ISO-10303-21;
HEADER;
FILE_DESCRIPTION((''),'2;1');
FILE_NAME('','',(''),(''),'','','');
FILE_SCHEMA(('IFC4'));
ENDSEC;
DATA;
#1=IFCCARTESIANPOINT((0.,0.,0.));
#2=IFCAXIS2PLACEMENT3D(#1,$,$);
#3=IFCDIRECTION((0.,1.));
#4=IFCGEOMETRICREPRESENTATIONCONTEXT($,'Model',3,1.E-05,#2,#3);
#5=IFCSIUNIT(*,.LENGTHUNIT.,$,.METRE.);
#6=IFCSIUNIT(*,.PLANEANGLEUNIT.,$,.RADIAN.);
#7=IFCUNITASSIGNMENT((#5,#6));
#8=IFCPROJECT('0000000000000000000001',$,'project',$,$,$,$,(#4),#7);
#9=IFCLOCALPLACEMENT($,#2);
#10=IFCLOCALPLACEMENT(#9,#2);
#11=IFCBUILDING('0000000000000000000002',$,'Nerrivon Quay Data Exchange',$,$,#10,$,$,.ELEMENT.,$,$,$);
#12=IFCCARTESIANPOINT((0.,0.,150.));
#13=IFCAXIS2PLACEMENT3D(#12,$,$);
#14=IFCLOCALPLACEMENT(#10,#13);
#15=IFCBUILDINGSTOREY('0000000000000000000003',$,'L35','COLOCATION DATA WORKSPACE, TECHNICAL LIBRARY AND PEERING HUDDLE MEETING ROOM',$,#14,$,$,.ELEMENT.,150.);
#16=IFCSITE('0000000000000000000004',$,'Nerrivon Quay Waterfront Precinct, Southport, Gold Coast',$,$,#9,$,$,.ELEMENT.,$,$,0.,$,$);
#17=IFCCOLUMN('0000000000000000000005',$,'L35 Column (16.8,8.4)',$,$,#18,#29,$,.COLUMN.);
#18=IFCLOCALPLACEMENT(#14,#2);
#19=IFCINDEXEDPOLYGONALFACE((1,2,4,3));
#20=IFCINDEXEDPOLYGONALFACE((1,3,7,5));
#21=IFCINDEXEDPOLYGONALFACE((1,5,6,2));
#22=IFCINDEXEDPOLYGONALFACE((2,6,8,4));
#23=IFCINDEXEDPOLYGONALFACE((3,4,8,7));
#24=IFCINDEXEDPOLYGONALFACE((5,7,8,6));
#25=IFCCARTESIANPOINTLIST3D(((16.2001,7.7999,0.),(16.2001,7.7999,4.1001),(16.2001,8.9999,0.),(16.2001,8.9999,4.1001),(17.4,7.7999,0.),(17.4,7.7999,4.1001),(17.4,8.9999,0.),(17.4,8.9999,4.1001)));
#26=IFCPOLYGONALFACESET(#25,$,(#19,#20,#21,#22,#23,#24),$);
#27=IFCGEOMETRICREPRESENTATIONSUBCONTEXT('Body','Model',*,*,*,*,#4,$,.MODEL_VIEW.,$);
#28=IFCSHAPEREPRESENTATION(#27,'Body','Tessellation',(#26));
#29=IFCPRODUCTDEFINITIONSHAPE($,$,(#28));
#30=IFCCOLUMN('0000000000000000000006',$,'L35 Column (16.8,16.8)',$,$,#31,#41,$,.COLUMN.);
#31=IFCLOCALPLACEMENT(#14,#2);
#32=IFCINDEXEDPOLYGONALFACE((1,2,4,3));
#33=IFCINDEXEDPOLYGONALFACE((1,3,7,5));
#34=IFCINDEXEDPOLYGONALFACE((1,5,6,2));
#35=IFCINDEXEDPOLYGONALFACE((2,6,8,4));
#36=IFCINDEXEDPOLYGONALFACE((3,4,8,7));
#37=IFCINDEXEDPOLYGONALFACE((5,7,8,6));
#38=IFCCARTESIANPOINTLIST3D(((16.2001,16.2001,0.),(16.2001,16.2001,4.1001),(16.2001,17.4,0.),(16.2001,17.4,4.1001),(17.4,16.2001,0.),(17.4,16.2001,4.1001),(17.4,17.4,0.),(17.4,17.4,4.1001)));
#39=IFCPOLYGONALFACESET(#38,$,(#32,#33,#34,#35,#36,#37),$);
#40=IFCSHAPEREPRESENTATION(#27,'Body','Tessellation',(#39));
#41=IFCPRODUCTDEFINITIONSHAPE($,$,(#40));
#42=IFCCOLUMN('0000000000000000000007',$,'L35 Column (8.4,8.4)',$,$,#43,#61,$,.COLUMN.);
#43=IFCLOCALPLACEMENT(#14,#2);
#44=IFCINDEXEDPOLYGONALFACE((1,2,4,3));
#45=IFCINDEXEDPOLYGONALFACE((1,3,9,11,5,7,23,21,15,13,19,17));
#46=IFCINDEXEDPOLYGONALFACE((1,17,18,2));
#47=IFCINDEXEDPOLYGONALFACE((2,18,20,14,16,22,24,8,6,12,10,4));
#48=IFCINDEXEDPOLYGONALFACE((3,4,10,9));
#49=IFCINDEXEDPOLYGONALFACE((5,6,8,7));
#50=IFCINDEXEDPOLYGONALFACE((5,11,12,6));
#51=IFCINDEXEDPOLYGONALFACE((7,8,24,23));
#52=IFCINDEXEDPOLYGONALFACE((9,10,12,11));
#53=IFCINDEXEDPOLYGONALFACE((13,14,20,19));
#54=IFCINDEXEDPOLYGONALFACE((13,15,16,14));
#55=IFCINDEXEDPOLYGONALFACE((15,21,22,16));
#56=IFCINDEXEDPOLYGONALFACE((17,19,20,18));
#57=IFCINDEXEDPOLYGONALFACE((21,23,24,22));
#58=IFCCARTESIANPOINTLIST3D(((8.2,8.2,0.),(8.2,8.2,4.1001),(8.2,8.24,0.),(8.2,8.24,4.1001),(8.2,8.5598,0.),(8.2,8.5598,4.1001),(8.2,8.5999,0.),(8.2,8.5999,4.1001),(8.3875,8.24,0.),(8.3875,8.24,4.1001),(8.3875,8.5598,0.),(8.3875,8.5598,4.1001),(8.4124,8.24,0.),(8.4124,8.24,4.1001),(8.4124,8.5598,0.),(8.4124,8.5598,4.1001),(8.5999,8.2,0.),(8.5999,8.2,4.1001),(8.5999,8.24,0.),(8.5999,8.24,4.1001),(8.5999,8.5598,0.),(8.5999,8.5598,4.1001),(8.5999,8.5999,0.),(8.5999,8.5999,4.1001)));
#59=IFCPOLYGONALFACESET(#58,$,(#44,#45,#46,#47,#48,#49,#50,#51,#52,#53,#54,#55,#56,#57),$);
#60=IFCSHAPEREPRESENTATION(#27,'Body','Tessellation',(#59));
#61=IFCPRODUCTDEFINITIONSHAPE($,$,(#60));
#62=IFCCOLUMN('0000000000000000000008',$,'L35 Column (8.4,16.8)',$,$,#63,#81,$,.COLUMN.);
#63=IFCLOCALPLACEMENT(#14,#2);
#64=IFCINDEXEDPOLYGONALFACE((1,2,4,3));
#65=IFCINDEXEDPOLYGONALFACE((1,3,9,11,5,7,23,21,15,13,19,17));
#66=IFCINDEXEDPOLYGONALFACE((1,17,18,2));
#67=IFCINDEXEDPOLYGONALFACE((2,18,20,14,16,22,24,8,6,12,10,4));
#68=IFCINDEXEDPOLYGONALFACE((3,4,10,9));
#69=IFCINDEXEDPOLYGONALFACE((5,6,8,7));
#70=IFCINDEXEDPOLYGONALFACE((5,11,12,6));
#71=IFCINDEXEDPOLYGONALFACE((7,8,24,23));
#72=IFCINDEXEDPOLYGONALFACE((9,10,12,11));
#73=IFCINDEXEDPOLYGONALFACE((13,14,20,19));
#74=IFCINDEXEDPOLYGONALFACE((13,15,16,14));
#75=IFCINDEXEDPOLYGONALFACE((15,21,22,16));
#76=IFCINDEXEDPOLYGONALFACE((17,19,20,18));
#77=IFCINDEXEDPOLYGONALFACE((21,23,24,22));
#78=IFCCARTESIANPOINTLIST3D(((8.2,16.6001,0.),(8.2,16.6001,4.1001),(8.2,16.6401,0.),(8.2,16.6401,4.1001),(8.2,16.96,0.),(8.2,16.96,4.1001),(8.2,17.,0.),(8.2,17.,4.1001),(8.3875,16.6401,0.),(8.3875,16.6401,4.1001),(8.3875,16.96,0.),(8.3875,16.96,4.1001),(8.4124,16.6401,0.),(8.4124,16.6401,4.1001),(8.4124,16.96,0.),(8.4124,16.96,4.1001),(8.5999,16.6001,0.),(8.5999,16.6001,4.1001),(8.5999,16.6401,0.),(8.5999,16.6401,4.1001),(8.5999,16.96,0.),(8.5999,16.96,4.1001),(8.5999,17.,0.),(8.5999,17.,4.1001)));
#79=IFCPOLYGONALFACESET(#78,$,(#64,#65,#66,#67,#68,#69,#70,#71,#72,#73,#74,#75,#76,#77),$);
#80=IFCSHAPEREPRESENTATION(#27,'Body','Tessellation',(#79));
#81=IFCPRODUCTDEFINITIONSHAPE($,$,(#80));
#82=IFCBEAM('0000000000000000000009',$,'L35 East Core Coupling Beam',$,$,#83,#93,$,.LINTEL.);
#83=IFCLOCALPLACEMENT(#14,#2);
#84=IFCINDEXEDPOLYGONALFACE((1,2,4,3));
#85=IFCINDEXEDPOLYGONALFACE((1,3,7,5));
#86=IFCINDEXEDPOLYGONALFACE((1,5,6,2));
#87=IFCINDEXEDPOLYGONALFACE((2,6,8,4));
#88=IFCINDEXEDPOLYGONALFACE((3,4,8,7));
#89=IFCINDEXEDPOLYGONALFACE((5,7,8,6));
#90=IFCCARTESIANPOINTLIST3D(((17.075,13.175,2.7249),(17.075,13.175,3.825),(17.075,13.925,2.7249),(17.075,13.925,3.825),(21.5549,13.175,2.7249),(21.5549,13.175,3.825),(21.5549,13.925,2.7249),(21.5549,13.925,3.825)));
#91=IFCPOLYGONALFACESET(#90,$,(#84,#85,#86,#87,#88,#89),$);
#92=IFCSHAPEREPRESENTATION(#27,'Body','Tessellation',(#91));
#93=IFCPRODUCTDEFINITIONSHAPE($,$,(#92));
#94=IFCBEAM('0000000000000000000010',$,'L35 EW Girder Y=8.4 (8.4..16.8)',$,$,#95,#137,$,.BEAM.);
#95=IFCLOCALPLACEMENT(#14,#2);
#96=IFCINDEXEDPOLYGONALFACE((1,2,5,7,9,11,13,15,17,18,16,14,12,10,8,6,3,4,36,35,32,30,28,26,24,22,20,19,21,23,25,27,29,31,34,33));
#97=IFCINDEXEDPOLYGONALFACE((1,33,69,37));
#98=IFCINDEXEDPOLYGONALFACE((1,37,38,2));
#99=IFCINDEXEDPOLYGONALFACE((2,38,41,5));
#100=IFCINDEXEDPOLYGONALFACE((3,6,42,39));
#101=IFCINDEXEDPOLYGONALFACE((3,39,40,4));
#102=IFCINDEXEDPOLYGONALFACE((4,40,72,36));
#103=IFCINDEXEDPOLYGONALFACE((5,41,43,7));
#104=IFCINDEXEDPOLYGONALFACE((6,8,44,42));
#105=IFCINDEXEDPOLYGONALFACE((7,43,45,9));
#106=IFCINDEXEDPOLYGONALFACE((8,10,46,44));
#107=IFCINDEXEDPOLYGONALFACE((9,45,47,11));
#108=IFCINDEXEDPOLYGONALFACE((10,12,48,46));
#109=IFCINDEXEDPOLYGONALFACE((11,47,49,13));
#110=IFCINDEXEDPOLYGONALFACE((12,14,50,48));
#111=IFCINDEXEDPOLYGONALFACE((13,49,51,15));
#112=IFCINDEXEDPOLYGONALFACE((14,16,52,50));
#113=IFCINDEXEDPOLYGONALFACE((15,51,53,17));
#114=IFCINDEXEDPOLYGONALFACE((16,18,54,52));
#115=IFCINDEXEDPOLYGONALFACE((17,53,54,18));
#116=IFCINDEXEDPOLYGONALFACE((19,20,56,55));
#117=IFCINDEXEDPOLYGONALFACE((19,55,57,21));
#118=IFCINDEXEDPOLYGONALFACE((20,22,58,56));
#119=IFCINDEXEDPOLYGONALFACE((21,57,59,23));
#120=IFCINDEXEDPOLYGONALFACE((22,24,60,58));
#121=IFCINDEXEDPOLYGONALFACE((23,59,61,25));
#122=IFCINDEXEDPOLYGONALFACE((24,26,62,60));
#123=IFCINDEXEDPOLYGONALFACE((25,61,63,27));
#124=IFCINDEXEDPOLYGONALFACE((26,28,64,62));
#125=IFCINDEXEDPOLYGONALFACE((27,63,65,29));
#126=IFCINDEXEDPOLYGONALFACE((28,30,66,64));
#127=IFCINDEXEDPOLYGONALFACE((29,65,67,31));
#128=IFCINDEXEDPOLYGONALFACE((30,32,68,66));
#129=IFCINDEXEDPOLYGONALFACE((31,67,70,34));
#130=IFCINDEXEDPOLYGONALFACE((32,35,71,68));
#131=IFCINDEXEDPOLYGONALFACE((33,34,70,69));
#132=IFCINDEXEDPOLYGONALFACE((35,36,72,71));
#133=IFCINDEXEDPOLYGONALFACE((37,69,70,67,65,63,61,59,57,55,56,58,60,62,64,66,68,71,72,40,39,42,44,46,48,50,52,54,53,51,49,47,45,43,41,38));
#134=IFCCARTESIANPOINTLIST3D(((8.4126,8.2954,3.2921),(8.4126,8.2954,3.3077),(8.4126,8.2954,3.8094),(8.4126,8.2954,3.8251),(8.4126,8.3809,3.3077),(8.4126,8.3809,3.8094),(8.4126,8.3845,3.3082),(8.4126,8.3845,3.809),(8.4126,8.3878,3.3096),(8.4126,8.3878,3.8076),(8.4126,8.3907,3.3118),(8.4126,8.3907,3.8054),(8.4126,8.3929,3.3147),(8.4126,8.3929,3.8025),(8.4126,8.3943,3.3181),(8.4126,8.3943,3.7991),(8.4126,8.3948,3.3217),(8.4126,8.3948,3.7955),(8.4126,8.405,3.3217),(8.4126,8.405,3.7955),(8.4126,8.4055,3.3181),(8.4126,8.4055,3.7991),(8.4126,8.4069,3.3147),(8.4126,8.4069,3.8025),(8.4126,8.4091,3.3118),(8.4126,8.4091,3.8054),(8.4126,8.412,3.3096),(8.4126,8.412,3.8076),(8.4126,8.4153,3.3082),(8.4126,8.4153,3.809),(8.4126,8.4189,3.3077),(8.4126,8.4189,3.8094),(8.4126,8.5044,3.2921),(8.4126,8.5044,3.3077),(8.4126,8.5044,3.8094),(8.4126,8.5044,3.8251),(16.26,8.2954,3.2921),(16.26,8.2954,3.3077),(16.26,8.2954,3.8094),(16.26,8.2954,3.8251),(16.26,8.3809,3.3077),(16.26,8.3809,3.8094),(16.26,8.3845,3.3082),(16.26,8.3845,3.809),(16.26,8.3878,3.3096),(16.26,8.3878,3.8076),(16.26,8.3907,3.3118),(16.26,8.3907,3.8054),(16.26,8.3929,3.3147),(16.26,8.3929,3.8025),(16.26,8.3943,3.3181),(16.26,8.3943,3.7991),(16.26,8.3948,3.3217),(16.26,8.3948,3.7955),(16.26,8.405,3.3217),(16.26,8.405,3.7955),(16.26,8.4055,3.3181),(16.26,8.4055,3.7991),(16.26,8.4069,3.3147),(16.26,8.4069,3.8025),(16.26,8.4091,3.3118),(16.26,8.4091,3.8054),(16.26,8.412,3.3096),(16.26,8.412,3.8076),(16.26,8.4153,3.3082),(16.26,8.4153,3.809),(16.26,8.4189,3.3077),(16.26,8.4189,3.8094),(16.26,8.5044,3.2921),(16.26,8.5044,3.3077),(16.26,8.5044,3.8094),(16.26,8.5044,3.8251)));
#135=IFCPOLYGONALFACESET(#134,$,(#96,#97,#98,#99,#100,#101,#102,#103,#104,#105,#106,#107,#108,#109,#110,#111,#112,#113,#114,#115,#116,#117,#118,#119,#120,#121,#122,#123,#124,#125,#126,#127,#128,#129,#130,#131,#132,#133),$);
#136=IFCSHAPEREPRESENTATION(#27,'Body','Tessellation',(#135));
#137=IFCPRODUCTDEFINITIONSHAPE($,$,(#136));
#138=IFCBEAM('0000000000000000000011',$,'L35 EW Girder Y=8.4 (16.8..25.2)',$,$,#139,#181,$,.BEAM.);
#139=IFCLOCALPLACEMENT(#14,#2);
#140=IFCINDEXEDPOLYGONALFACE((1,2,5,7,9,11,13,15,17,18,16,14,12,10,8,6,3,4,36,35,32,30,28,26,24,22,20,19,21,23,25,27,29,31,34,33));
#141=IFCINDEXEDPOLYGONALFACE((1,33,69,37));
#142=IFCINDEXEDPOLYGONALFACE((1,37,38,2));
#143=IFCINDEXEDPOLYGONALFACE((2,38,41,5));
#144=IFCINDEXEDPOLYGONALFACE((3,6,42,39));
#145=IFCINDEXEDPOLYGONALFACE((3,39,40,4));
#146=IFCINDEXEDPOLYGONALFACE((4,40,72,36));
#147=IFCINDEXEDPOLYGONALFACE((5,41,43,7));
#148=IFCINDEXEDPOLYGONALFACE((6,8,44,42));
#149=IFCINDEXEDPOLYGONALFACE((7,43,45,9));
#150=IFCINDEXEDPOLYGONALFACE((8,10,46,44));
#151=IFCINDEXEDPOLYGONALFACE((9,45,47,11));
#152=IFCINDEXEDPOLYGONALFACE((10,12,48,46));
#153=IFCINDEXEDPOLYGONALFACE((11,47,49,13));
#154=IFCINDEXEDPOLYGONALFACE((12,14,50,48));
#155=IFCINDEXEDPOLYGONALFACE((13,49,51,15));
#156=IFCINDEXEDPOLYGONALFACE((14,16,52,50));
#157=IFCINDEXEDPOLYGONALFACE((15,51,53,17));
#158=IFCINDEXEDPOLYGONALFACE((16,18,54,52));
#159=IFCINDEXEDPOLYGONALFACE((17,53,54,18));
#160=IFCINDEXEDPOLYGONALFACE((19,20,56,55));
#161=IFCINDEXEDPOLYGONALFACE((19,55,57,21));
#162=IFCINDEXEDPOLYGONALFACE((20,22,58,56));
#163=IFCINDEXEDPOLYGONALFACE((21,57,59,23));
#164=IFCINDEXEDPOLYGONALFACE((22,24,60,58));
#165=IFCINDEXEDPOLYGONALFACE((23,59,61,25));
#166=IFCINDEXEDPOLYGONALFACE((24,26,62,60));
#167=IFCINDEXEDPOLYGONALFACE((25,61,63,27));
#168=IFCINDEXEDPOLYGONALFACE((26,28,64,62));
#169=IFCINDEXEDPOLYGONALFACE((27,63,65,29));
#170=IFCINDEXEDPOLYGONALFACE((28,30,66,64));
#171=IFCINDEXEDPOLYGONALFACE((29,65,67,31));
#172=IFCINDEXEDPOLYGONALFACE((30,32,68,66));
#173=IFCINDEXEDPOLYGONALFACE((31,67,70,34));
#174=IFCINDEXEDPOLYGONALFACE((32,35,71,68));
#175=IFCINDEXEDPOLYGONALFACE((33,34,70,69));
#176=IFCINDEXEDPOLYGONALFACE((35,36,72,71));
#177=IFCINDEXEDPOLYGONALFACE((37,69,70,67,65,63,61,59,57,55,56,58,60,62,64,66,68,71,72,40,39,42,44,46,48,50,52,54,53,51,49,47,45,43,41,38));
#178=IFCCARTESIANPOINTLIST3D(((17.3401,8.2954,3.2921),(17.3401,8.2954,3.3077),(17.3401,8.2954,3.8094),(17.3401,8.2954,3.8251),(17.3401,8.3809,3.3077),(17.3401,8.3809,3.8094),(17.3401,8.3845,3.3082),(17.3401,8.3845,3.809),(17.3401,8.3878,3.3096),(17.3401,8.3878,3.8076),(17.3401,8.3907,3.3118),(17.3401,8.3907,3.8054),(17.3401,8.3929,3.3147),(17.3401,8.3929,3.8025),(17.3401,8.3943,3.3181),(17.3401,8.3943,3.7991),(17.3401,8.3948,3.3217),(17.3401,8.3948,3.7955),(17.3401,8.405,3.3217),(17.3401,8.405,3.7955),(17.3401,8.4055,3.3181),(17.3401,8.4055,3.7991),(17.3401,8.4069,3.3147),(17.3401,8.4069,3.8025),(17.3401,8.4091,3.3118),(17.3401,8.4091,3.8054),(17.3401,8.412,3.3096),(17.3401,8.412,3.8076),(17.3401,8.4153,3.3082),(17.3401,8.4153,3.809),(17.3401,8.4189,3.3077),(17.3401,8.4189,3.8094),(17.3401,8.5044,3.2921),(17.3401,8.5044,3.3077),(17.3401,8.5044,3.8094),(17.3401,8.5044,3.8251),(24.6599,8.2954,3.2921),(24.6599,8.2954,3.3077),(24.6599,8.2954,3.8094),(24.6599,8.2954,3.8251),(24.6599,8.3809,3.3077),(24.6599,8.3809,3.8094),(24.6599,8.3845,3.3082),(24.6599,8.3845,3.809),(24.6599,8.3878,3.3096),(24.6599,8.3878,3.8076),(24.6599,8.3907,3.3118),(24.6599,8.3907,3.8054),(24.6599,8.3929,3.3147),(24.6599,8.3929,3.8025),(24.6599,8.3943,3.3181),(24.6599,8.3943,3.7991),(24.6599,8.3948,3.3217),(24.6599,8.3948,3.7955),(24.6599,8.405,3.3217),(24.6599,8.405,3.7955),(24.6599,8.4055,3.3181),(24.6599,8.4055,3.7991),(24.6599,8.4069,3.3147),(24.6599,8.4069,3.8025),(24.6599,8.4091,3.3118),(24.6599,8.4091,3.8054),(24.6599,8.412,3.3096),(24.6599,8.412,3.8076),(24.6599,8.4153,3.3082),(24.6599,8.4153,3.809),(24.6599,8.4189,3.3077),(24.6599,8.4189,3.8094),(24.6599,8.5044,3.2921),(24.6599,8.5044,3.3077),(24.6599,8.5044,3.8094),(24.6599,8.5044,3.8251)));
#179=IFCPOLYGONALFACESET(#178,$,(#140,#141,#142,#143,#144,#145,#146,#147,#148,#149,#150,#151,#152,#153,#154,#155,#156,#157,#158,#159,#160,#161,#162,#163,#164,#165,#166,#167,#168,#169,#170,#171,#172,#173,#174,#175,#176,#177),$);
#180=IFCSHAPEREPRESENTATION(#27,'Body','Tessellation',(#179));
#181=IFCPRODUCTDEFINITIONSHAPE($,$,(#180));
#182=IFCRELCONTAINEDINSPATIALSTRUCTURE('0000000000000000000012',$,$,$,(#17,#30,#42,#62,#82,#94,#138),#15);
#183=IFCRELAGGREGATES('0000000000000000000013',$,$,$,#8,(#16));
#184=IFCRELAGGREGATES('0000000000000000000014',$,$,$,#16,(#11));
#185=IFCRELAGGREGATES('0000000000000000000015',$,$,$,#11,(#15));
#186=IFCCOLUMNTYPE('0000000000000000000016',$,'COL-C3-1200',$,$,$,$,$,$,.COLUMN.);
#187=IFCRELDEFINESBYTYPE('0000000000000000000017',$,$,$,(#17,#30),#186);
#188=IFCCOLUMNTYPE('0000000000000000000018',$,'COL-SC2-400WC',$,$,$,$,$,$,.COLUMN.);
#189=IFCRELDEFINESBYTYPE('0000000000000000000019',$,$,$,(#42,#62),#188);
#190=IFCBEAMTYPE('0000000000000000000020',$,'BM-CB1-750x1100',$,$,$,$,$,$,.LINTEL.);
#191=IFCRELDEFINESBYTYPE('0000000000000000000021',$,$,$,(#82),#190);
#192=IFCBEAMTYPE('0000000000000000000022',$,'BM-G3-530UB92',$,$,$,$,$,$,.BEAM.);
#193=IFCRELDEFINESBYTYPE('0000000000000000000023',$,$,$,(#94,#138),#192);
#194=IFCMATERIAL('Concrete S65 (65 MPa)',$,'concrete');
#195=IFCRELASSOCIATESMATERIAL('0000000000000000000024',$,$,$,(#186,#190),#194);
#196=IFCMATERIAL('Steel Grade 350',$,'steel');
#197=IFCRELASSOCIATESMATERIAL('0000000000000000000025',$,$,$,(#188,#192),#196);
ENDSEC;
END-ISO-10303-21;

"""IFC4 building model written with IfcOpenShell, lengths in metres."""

from ifc_helpers import new_model, si_unit, direction, frame, origin, origin_2d, place, context, subcontext, project, spatial, rectangle, i_section, extrude, material, material_profile, profile_set, type_object, element, save


model = new_model("IFC4")

# Units and contexts
model_context = context("Model", 3, precision=1e-05, world=origin(), true_north=direction((0.0, 1.0)))
body_context = subcontext(model_context, "Body", "Model", "MODEL_VIEW")
ifc_project = project(units=[si_unit("LENGTHUNIT", "METRE"), si_unit("PLANEANGLEUNIT", "RADIAN")], contexts=[model_context])

# Site, building, storey
site_placement = place(None, origin())
site = spatial("IfcSite", under=ifc_project, at=site_placement, Name="Nerrivon Quay Waterfront Precinct, Southport, Gold Coast", CompositionType="ELEMENT", RefElevation=0.0)
building_placement = place(site_placement, origin())
building = spatial("IfcBuilding", under=site, at=building_placement, Name="Nerrivon Quay Data Exchange", CompositionType="ELEMENT")
storey_placement = place(building_placement, frame((0.0, 0.0, 150.0)))
storey = spatial("IfcBuildingStorey", under=building, at=storey_placement, Name="L35", Description="COLOCATION DATA WORKSPACE, TECHNICAL LIBRARY AND PEERING HUDDLE MEETING ROOM", CompositionType="ELEMENT", Elevation=150.0)

# Columns
ifc_material_1 = material(Name="Concrete S65 (65 MPa)", Category="concrete")
ifc_material_profile_1 = material_profile(ifc_material_1, rectangle(XDim=1.2, YDim=1.2, at=origin_2d()), Name="RC-COL-1200x1200")
ifc_profile_set_1 = profile_set([ifc_material_profile_1], Name="Concrete S65 (65 MPa)")
column_type_1 = type_object("IfcColumnType", Name="COL-C3-1200", PredefinedType="COLUMN", material=ifc_profile_set_1)
for number, where, z_axis, x_axis, name in (
    (1, (16.8, 8.3999, 0.0), (0.0, 0.0, 1.0), (1.0, 0.0, 0.0), "L35 Column (16.8,8.4)"),
    (2, (16.8, 16.8, 0.0), (0.0, 0.0, 1.0), (1.0, 0.0, 0.0), "L35 Column (16.8,16.8)"),
):
    element("IfcColumn", number, at=place(storey_placement, frame(where, z_axis=z_axis, x_axis=x_axis)), inside=storey, type_object=column_type_1, Name=name, PredefinedType="COLUMN", context=body_context, shape_type="SweptSolid", body=[
        extrude(rectangle(XDim=1.2, YDim=1.2, at=origin_2d()), origin(), (0.0, 0.0, 1.0), 4.1001),
    ])
ifc_material_2 = material(Name="Steel Grade 350", Category="steel")
ifc_material_profile_2 = material_profile(ifc_material_2, i_section(OverallWidth=0.3999, OverallDepth=0.3999, WebThickness=0.0249, FlangeThickness=0.04, at=origin_2d()), Name="400WC328")
ifc_profile_set_2 = profile_set([ifc_material_profile_2], Name="Steel Grade 350")
column_type_2 = type_object("IfcColumnType", Name="COL-SC2-400WC", PredefinedType="COLUMN", material=ifc_profile_set_2)
for number, where, z_axis, x_axis, name in (
    (3, (8.3999, 8.3999, 0.0), (0.0, 0.0, 1.0), (1.0, 0.0, 0.0), "L35 Column (8.4,8.4)"),
    (4, (8.3999, 16.8, 0.0), (0.0, 0.0, 1.0), (1.0, 0.0, 0.0), "L35 Column (8.4,16.8)"),
):
    element("IfcColumn", number, at=place(storey_placement, frame(where, z_axis=z_axis, x_axis=x_axis)), inside=storey, type_object=column_type_2, Name=name, PredefinedType="COLUMN", context=body_context, shape_type="SweptSolid", body=[
        extrude(i_section(OverallWidth=0.3999, OverallDepth=0.3999, WebThickness=0.0249, FlangeThickness=0.04, at=origin_2d()), origin(), (0.0, 0.0, 1.0), 4.1001),
    ])

# Beams
ifc_material_profile_3 = material_profile(ifc_material_1, rectangle(XDim=0.75, YDim=1.1001, at=origin_2d()), Name="RC-CB-750x1100")
ifc_profile_set_3 = profile_set([ifc_material_profile_3], Name="Concrete S65 (65 MPa)")
beam_type_1 = type_object("IfcBeamType", Name="BM-CB1-750x1100", PredefinedType="LINTEL", material=ifc_profile_set_3)
beam_1_placement = place(storey_placement, frame((17.075, 13.55, 3.2749), z_axis=(1.0, 0.0, 0.0), x_axis=(0.0, 1.0, 0.0)))
element("IfcBeam", 5, at=beam_1_placement, inside=storey, type_object=beam_type_1, Name="L35 East Core Coupling Beam", PredefinedType="LINTEL", context=body_context, shape_type="SweptSolid", body=[
    extrude(rectangle(XDim=0.75, YDim=1.1001, at=origin_2d()), origin(), (0.0, 0.0, 1.0), 4.48),
])
ifc_material_profile_4 = material_profile(ifc_material_2, i_section(OverallWidth=0.209, OverallDepth=0.533, WebThickness=0.0103, FlangeThickness=0.0156, FilletRadius=0.0139, at=origin_2d()), Name="530UB92.4")
ifc_profile_set_4 = profile_set([ifc_material_profile_4], Name="Steel Grade 350")
beam_type_2 = type_object("IfcBeamType", Name="BM-G3-530UB92", PredefinedType="BEAM", material=ifc_profile_set_4)
beam_2_placement = place(storey_placement, frame((8.4126, 8.3999, 3.5586), z_axis=(1.0, 0.0, 0.0), x_axis=(0.0, 1.0, 0.0)))
element("IfcBeam", 6, at=beam_2_placement, inside=storey, type_object=beam_type_2, Name="L35 EW Girder Y=8.4 (8.4..16.8)", PredefinedType="BEAM", context=body_context, shape_type="SweptSolid", body=[
    extrude(i_section(OverallWidth=0.209, OverallDepth=0.533, WebThickness=0.0103, FlangeThickness=0.0156, FilletRadius=0.0139, at=origin_2d()), origin(), (0.0, 0.0, 1.0), 7.8474),
])
beam_3_placement = place(storey_placement, frame((17.3401, 8.3999, 3.5586), z_axis=(1.0, 0.0, 0.0), x_axis=(0.0, 1.0, 0.0)))
element("IfcBeam", 7, at=beam_3_placement, inside=storey, type_object=beam_type_2, Name="L35 EW Girder Y=8.4 (16.8..25.2)", PredefinedType="BEAM", context=body_context, shape_type="SweptSolid", body=[
    extrude(i_section(OverallWidth=0.209, OverallDepth=0.533, WebThickness=0.0103, FlangeThickness=0.0156, FilletRadius=0.0139, at=origin_2d()), origin(), (0.0, 0.0, 1.0), 7.3198),
])

save(model, "model.ifc")
